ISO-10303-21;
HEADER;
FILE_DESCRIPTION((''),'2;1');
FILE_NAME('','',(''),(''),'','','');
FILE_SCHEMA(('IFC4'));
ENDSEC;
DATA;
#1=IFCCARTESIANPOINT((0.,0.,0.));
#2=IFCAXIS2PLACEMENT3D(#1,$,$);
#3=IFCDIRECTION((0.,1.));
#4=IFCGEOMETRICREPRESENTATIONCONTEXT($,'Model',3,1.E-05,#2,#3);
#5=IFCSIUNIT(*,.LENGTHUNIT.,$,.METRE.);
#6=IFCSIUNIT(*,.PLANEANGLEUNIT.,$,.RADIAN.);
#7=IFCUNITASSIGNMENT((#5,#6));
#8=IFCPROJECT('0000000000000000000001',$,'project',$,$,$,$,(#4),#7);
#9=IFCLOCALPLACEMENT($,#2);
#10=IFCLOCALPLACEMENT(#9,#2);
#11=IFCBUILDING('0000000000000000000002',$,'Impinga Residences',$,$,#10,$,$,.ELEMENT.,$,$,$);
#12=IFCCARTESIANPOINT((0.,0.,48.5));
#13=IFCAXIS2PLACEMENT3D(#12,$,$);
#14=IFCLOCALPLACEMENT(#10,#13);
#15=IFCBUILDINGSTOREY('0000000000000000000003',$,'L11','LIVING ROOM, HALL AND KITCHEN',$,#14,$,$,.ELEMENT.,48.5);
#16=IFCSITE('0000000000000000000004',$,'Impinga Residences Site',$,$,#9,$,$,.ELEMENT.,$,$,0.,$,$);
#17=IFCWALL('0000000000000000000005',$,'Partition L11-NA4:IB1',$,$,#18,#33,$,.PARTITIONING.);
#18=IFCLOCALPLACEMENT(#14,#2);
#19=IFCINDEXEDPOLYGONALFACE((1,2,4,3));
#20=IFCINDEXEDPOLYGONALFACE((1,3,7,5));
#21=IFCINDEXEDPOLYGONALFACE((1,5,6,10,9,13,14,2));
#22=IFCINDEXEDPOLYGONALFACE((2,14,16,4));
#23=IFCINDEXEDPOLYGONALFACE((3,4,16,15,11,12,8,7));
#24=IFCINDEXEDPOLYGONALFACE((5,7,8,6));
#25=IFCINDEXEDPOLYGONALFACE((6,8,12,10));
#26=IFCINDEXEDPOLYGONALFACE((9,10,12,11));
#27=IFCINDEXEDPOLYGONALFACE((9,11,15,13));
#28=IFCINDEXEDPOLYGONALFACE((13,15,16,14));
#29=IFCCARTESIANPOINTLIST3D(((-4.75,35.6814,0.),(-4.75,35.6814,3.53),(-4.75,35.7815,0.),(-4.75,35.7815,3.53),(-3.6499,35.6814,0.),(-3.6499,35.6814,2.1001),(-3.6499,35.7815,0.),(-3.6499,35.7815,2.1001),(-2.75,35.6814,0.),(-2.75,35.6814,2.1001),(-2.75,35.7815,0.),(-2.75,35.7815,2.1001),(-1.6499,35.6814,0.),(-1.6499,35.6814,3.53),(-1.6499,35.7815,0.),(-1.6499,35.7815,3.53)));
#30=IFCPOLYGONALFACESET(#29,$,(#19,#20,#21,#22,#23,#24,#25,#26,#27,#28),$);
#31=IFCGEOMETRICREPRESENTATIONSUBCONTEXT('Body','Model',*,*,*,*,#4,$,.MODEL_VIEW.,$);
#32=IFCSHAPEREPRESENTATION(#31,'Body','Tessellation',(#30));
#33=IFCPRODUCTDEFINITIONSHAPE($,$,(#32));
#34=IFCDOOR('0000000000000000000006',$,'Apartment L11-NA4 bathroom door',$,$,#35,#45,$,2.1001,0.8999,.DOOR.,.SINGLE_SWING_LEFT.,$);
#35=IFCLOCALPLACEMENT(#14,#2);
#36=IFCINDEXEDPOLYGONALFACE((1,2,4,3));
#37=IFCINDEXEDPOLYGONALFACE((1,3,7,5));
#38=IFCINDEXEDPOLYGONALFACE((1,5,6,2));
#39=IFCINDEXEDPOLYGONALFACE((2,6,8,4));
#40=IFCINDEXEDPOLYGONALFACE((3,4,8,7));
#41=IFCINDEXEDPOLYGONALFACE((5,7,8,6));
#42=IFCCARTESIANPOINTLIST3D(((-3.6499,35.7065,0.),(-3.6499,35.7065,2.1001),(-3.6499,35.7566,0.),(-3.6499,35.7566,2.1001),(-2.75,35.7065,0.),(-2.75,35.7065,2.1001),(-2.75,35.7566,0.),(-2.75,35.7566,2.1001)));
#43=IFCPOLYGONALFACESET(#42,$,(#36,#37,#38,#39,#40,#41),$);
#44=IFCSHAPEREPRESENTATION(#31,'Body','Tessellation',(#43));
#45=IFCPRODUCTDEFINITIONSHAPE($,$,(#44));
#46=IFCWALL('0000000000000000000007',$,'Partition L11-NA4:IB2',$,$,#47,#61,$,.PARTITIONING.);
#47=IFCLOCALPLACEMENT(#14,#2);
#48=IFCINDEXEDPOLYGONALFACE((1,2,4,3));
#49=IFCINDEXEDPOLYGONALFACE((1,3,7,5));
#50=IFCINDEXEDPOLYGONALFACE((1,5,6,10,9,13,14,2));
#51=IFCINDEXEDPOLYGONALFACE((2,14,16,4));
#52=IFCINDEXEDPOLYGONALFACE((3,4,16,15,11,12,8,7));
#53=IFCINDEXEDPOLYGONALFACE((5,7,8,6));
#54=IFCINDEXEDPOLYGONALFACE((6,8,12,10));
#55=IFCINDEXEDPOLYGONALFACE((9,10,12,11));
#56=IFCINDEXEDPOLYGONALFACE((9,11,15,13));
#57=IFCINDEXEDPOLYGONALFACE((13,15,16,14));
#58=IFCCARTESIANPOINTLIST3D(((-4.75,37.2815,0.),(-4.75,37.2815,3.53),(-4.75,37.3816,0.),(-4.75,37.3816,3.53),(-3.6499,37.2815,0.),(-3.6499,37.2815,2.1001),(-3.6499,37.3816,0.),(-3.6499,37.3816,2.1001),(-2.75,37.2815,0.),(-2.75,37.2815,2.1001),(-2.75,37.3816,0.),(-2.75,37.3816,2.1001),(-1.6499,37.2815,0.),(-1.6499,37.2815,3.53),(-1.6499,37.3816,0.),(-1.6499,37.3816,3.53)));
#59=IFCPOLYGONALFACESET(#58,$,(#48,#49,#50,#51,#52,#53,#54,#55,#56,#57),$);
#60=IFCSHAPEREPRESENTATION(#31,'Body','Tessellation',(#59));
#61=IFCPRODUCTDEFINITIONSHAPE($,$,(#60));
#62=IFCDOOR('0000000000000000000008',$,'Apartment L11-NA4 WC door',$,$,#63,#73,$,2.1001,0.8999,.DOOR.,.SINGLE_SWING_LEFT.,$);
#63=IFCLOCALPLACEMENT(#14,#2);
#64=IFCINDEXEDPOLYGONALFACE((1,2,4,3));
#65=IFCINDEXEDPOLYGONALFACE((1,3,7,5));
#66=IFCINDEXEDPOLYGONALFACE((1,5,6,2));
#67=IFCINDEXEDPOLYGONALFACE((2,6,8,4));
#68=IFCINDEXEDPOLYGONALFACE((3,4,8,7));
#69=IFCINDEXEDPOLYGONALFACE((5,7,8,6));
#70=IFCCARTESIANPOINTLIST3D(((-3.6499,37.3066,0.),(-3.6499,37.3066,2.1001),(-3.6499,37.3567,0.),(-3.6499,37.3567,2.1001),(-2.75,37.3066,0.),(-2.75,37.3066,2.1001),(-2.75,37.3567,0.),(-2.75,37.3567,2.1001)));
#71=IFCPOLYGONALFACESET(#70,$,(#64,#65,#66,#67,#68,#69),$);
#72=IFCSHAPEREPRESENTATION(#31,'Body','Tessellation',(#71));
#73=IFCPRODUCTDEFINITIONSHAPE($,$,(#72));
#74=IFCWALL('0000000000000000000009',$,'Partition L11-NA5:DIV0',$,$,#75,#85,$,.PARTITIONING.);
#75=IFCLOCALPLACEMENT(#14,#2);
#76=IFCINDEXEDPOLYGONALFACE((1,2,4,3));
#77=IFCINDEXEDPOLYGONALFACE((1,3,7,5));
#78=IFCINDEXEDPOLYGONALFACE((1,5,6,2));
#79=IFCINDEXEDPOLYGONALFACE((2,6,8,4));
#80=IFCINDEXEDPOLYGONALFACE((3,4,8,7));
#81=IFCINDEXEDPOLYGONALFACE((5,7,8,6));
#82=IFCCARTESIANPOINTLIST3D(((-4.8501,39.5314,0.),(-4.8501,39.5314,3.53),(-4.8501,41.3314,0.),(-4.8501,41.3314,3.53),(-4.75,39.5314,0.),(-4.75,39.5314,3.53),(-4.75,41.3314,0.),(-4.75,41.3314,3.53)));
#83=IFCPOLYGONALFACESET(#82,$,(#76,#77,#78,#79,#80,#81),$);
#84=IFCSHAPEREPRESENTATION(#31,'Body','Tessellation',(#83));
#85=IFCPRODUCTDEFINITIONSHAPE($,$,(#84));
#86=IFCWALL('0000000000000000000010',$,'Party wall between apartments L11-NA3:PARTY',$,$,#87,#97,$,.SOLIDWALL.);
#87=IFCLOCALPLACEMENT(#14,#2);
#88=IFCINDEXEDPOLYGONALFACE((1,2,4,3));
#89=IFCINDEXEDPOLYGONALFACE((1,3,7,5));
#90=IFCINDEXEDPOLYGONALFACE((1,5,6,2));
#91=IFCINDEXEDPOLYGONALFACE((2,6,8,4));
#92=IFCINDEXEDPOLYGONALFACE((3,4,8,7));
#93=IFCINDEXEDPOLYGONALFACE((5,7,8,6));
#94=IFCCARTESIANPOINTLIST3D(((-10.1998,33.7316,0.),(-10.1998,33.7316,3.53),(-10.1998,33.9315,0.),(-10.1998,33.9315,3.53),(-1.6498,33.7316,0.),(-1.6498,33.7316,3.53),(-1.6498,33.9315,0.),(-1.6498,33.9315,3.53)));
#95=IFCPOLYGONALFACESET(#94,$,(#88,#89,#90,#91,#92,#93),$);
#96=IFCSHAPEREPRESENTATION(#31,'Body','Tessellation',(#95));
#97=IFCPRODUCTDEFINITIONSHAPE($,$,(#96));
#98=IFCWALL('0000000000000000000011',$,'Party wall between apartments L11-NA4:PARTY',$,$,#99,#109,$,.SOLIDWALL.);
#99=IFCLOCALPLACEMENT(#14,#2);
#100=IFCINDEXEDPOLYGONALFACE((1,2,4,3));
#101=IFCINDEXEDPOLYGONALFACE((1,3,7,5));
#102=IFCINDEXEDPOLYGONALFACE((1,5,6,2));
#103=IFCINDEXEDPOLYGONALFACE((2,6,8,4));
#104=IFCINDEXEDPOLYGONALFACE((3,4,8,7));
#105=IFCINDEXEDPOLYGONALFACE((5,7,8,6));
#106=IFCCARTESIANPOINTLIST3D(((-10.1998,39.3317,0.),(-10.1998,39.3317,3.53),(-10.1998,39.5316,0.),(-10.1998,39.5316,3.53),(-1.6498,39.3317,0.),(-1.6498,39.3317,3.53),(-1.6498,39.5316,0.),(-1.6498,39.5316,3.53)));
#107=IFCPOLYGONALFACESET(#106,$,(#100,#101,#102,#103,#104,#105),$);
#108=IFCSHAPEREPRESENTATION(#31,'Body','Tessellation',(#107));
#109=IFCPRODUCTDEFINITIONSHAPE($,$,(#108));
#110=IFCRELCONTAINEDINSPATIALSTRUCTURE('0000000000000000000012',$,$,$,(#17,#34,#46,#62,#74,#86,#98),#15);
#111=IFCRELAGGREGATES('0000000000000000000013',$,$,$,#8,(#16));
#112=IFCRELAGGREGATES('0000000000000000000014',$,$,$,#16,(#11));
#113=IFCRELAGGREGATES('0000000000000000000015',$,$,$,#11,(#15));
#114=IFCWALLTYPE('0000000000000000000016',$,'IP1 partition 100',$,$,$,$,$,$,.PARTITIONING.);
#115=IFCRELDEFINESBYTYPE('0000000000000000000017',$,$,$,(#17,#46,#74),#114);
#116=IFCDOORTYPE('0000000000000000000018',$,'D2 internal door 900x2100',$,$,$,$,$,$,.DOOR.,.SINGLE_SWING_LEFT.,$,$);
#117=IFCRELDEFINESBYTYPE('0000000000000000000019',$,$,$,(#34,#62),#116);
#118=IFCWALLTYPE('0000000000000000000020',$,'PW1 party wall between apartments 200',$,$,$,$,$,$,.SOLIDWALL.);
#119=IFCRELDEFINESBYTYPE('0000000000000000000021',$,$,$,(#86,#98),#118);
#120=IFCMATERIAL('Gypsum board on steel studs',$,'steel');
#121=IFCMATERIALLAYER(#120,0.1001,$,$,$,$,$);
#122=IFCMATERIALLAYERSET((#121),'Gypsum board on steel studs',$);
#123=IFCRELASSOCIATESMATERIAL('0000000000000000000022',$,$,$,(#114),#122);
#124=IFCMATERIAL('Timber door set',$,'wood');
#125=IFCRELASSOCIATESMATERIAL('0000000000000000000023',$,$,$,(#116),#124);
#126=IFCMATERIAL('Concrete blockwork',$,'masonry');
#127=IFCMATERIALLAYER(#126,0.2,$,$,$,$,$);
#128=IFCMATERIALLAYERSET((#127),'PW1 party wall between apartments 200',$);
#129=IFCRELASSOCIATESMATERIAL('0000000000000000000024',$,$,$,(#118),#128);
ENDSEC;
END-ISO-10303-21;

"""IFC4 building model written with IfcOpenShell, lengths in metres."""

from ifc_helpers import new_model, si_unit, direction, frame, frame_2d, origin, place, context, subcontext, project, spatial, rectangle, extrude, material, layer, layer_set, type_object, element, fill, save


model = new_model("IFC4")

# Units and contexts
model_context = context("Model", 3, precision=1e-05, world=origin(), true_north=direction((0.0, 1.0)))
body_context = subcontext(model_context, "Body", "Model", "MODEL_VIEW")
ifc_project = project(units=[si_unit("LENGTHUNIT", "METRE"), si_unit("PLANEANGLEUNIT", "RADIAN")], contexts=[model_context])

# Site, building, storey
site_placement = place(None, origin())
site = spatial("IfcSite", under=ifc_project, at=site_placement, Name="Impinga Residences Site", CompositionType="ELEMENT", RefElevation=0.0)
building_placement = place(site_placement, origin())
building = spatial("IfcBuilding", under=site, at=building_placement, Name="Impinga Residences", CompositionType="ELEMENT")
storey_placement = place(building_placement, frame((0.0, 0.0, 48.5)))
storey = spatial("IfcBuildingStorey", under=building, at=storey_placement, Name="L11", Description="LIVING ROOM, HALL AND KITCHEN", CompositionType="ELEMENT", Elevation=48.5)

# Shared definitions
ifc_material_1 = material(Name="Concrete blockwork", Category="masonry")
ifc_material_2 = material(Name="Timber door set", Category="wood")

# Shared definitions
ifc_material_3 = material(Name="Gypsum board on steel studs", Category="steel")
ifc_layer_1 = layer(ifc_material_3, 0.1001)
ifc_layer_set_1 = layer_set([ifc_layer_1], Name="Gypsum board on steel studs")
wall_type_1 = type_object("IfcWallType", Name="IP1 partition 100", PredefinedType="PARTITIONING", material=ifc_layer_set_1)

# Shared definitions
door_type_1 = type_object("IfcDoorType", Name="D2 internal door 900x2100", OperationType="SINGLE_SWING_LEFT", PredefinedType="DOOR", material=ifc_material_2)

# Walls, openings, doors
wall_1_placement = place(storey_placement, frame((-1.6499, 35.7314, 0.0), z_axis=(0.0, 0.0, 1.0), x_axis=(-1.0, 0.0, 0.0)))
wall_1 = element("IfcWall", 1, at=wall_1_placement, inside=storey, type_object=wall_type_1, Name="Partition L11-NA4:IB1", PredefinedType="PARTITIONING", context=body_context, shape_type="SweptSolid", body=[
    extrude(rectangle(XDim=3.1001, YDim=0.1001, at=frame_2d((1.55, 0.0))), origin(), (0.0, 0.0, 1.0), 3.53),
])
opening_1_placement = place(wall_1_placement, frame((1.1001, 0.0, 0.0)))
opening_1 = element("IfcOpeningElement", 2, at=opening_1_placement, cuts=wall_1, PredefinedType="OPENING", context=body_context, shape_type="SweptSolid", body=[
    extrude(rectangle(XDim=0.8999, YDim=2.1001, at=frame_2d((0.45, 1.05))), frame((0.0, 0.0601, 0.0), z_axis=(0.0, -1.0, 0.0), x_axis=(1.0, 0.0, 0.0)), (0.0, 0.0, 1.0), 0.1201),
])
door_1_placement = place(opening_1_placement, origin())
door_1 = element("IfcDoor", 3, at=door_1_placement, inside=storey, type_object=door_type_1, Name="Apartment L11-NA4 bathroom door", OperationType="SINGLE_SWING_LEFT", OverallHeight=2.1001, OverallWidth=0.8999, PredefinedType="DOOR", context=body_context, shape_type="SweptSolid", body=[
    extrude(rectangle(XDim=0.8999, YDim=2.1001, at=frame_2d((0.45, 1.05))), frame((0.0, 0.0249, 0.0), z_axis=(0.0, -1.0, 0.0), x_axis=(1.0, 0.0, 0.0)), (0.0, 0.0, 1.0), 0.05),
])
fill(opening_1, door_1)
wall_2_placement = place(storey_placement, frame((-1.6499, 37.3315, 0.0), z_axis=(0.0, 0.0, 1.0), x_axis=(-1.0, 0.0, 0.0)))
wall_2 = element("IfcWall", 4, at=wall_2_placement, inside=storey, type_object=wall_type_1, Name="Partition L11-NA4:IB2", PredefinedType="PARTITIONING", context=body_context, shape_type="SweptSolid", body=[
    extrude(rectangle(XDim=3.1001, YDim=0.1001, at=frame_2d((1.55, 0.0))), origin(), (0.0, 0.0, 1.0), 3.53),
])
opening_2_placement = place(wall_2_placement, frame((1.1001, 0.0, 0.0)))
opening_2 = element("IfcOpeningElement", 5, at=opening_2_placement, cuts=wall_2, PredefinedType="OPENING", context=body_context, shape_type="SweptSolid", body=[
    extrude(rectangle(XDim=0.8999, YDim=2.1001, at=frame_2d((0.45, 1.05))), frame((0.0, 0.0601, 0.0), z_axis=(0.0, -1.0, 0.0), x_axis=(1.0, 0.0, 0.0)), (0.0, 0.0, 1.0), 0.1201),
])
door_2_placement = place(opening_2_placement, origin())
door_2 = element("IfcDoor", 6, at=door_2_placement, inside=storey, type_object=door_type_1, Name="Apartment L11-NA4 WC door", OperationType="SINGLE_SWING_LEFT", OverallHeight=2.1001, OverallWidth=0.8999, PredefinedType="DOOR", context=body_context, shape_type="SweptSolid", body=[
    extrude(rectangle(XDim=0.8999, YDim=2.1001, at=frame_2d((0.45, 1.05))), frame((0.0, 0.0249, 0.0), z_axis=(0.0, -1.0, 0.0), x_axis=(1.0, 0.0, 0.0)), (0.0, 0.0, 1.0), 0.05),
])
fill(opening_2, door_2)

# Walls
wall_3_placement = place(storey_placement, frame((-4.8, 39.5315, 0.0), z_axis=(0.0, 0.0, 1.0), x_axis=(0.0, 1.0, 0.0)))
element("IfcWall", 7, at=wall_3_placement, inside=storey, type_object=wall_type_1, Name="Partition L11-NA5:DIV0", PredefinedType="PARTITIONING", context=body_context, shape_type="SweptSolid", body=[
    extrude(rectangle(XDim=1.8, YDim=0.1001, at=frame_2d((0.8999, 0.0))), origin(), (0.0, 0.0, 1.0), 3.53),
])
ifc_layer_2 = layer(ifc_material_1, 0.2)
ifc_layer_set_2 = layer_set([ifc_layer_2], Name="PW1 party wall between apartments 200")
wall_type_2 = type_object("IfcWallType", Name="PW1 party wall between apartments 200", PredefinedType="SOLIDWALL", material=ifc_layer_set_2)
for number, where, z_axis, x_axis, name in (
    (8, (-1.6499, 33.8315, 0.0), (0.0, 0.0, 1.0), (-1.0, 0.0, 0.0), "Party wall between apartments L11-NA3:PARTY"),
    (9, (-1.6499, 39.4316, 0.0), (0.0, 0.0, 1.0), (-1.0, 0.0, 0.0), "Party wall between apartments L11-NA4:PARTY"),
):
    element("IfcWall", number, at=place(storey_placement, frame(where, z_axis=z_axis, x_axis=x_axis)), inside=storey, type_object=wall_type_2, Name=name, PredefinedType="SOLIDWALL", context=body_context, shape_type="SweptSolid", body=[
        extrude(rectangle(XDim=8.55, YDim=0.2, at=frame_2d((4.2749, 0.0))), origin(), (0.0, 0.0, 1.0), 3.53),
    ])

save(model, "model.ifc")
